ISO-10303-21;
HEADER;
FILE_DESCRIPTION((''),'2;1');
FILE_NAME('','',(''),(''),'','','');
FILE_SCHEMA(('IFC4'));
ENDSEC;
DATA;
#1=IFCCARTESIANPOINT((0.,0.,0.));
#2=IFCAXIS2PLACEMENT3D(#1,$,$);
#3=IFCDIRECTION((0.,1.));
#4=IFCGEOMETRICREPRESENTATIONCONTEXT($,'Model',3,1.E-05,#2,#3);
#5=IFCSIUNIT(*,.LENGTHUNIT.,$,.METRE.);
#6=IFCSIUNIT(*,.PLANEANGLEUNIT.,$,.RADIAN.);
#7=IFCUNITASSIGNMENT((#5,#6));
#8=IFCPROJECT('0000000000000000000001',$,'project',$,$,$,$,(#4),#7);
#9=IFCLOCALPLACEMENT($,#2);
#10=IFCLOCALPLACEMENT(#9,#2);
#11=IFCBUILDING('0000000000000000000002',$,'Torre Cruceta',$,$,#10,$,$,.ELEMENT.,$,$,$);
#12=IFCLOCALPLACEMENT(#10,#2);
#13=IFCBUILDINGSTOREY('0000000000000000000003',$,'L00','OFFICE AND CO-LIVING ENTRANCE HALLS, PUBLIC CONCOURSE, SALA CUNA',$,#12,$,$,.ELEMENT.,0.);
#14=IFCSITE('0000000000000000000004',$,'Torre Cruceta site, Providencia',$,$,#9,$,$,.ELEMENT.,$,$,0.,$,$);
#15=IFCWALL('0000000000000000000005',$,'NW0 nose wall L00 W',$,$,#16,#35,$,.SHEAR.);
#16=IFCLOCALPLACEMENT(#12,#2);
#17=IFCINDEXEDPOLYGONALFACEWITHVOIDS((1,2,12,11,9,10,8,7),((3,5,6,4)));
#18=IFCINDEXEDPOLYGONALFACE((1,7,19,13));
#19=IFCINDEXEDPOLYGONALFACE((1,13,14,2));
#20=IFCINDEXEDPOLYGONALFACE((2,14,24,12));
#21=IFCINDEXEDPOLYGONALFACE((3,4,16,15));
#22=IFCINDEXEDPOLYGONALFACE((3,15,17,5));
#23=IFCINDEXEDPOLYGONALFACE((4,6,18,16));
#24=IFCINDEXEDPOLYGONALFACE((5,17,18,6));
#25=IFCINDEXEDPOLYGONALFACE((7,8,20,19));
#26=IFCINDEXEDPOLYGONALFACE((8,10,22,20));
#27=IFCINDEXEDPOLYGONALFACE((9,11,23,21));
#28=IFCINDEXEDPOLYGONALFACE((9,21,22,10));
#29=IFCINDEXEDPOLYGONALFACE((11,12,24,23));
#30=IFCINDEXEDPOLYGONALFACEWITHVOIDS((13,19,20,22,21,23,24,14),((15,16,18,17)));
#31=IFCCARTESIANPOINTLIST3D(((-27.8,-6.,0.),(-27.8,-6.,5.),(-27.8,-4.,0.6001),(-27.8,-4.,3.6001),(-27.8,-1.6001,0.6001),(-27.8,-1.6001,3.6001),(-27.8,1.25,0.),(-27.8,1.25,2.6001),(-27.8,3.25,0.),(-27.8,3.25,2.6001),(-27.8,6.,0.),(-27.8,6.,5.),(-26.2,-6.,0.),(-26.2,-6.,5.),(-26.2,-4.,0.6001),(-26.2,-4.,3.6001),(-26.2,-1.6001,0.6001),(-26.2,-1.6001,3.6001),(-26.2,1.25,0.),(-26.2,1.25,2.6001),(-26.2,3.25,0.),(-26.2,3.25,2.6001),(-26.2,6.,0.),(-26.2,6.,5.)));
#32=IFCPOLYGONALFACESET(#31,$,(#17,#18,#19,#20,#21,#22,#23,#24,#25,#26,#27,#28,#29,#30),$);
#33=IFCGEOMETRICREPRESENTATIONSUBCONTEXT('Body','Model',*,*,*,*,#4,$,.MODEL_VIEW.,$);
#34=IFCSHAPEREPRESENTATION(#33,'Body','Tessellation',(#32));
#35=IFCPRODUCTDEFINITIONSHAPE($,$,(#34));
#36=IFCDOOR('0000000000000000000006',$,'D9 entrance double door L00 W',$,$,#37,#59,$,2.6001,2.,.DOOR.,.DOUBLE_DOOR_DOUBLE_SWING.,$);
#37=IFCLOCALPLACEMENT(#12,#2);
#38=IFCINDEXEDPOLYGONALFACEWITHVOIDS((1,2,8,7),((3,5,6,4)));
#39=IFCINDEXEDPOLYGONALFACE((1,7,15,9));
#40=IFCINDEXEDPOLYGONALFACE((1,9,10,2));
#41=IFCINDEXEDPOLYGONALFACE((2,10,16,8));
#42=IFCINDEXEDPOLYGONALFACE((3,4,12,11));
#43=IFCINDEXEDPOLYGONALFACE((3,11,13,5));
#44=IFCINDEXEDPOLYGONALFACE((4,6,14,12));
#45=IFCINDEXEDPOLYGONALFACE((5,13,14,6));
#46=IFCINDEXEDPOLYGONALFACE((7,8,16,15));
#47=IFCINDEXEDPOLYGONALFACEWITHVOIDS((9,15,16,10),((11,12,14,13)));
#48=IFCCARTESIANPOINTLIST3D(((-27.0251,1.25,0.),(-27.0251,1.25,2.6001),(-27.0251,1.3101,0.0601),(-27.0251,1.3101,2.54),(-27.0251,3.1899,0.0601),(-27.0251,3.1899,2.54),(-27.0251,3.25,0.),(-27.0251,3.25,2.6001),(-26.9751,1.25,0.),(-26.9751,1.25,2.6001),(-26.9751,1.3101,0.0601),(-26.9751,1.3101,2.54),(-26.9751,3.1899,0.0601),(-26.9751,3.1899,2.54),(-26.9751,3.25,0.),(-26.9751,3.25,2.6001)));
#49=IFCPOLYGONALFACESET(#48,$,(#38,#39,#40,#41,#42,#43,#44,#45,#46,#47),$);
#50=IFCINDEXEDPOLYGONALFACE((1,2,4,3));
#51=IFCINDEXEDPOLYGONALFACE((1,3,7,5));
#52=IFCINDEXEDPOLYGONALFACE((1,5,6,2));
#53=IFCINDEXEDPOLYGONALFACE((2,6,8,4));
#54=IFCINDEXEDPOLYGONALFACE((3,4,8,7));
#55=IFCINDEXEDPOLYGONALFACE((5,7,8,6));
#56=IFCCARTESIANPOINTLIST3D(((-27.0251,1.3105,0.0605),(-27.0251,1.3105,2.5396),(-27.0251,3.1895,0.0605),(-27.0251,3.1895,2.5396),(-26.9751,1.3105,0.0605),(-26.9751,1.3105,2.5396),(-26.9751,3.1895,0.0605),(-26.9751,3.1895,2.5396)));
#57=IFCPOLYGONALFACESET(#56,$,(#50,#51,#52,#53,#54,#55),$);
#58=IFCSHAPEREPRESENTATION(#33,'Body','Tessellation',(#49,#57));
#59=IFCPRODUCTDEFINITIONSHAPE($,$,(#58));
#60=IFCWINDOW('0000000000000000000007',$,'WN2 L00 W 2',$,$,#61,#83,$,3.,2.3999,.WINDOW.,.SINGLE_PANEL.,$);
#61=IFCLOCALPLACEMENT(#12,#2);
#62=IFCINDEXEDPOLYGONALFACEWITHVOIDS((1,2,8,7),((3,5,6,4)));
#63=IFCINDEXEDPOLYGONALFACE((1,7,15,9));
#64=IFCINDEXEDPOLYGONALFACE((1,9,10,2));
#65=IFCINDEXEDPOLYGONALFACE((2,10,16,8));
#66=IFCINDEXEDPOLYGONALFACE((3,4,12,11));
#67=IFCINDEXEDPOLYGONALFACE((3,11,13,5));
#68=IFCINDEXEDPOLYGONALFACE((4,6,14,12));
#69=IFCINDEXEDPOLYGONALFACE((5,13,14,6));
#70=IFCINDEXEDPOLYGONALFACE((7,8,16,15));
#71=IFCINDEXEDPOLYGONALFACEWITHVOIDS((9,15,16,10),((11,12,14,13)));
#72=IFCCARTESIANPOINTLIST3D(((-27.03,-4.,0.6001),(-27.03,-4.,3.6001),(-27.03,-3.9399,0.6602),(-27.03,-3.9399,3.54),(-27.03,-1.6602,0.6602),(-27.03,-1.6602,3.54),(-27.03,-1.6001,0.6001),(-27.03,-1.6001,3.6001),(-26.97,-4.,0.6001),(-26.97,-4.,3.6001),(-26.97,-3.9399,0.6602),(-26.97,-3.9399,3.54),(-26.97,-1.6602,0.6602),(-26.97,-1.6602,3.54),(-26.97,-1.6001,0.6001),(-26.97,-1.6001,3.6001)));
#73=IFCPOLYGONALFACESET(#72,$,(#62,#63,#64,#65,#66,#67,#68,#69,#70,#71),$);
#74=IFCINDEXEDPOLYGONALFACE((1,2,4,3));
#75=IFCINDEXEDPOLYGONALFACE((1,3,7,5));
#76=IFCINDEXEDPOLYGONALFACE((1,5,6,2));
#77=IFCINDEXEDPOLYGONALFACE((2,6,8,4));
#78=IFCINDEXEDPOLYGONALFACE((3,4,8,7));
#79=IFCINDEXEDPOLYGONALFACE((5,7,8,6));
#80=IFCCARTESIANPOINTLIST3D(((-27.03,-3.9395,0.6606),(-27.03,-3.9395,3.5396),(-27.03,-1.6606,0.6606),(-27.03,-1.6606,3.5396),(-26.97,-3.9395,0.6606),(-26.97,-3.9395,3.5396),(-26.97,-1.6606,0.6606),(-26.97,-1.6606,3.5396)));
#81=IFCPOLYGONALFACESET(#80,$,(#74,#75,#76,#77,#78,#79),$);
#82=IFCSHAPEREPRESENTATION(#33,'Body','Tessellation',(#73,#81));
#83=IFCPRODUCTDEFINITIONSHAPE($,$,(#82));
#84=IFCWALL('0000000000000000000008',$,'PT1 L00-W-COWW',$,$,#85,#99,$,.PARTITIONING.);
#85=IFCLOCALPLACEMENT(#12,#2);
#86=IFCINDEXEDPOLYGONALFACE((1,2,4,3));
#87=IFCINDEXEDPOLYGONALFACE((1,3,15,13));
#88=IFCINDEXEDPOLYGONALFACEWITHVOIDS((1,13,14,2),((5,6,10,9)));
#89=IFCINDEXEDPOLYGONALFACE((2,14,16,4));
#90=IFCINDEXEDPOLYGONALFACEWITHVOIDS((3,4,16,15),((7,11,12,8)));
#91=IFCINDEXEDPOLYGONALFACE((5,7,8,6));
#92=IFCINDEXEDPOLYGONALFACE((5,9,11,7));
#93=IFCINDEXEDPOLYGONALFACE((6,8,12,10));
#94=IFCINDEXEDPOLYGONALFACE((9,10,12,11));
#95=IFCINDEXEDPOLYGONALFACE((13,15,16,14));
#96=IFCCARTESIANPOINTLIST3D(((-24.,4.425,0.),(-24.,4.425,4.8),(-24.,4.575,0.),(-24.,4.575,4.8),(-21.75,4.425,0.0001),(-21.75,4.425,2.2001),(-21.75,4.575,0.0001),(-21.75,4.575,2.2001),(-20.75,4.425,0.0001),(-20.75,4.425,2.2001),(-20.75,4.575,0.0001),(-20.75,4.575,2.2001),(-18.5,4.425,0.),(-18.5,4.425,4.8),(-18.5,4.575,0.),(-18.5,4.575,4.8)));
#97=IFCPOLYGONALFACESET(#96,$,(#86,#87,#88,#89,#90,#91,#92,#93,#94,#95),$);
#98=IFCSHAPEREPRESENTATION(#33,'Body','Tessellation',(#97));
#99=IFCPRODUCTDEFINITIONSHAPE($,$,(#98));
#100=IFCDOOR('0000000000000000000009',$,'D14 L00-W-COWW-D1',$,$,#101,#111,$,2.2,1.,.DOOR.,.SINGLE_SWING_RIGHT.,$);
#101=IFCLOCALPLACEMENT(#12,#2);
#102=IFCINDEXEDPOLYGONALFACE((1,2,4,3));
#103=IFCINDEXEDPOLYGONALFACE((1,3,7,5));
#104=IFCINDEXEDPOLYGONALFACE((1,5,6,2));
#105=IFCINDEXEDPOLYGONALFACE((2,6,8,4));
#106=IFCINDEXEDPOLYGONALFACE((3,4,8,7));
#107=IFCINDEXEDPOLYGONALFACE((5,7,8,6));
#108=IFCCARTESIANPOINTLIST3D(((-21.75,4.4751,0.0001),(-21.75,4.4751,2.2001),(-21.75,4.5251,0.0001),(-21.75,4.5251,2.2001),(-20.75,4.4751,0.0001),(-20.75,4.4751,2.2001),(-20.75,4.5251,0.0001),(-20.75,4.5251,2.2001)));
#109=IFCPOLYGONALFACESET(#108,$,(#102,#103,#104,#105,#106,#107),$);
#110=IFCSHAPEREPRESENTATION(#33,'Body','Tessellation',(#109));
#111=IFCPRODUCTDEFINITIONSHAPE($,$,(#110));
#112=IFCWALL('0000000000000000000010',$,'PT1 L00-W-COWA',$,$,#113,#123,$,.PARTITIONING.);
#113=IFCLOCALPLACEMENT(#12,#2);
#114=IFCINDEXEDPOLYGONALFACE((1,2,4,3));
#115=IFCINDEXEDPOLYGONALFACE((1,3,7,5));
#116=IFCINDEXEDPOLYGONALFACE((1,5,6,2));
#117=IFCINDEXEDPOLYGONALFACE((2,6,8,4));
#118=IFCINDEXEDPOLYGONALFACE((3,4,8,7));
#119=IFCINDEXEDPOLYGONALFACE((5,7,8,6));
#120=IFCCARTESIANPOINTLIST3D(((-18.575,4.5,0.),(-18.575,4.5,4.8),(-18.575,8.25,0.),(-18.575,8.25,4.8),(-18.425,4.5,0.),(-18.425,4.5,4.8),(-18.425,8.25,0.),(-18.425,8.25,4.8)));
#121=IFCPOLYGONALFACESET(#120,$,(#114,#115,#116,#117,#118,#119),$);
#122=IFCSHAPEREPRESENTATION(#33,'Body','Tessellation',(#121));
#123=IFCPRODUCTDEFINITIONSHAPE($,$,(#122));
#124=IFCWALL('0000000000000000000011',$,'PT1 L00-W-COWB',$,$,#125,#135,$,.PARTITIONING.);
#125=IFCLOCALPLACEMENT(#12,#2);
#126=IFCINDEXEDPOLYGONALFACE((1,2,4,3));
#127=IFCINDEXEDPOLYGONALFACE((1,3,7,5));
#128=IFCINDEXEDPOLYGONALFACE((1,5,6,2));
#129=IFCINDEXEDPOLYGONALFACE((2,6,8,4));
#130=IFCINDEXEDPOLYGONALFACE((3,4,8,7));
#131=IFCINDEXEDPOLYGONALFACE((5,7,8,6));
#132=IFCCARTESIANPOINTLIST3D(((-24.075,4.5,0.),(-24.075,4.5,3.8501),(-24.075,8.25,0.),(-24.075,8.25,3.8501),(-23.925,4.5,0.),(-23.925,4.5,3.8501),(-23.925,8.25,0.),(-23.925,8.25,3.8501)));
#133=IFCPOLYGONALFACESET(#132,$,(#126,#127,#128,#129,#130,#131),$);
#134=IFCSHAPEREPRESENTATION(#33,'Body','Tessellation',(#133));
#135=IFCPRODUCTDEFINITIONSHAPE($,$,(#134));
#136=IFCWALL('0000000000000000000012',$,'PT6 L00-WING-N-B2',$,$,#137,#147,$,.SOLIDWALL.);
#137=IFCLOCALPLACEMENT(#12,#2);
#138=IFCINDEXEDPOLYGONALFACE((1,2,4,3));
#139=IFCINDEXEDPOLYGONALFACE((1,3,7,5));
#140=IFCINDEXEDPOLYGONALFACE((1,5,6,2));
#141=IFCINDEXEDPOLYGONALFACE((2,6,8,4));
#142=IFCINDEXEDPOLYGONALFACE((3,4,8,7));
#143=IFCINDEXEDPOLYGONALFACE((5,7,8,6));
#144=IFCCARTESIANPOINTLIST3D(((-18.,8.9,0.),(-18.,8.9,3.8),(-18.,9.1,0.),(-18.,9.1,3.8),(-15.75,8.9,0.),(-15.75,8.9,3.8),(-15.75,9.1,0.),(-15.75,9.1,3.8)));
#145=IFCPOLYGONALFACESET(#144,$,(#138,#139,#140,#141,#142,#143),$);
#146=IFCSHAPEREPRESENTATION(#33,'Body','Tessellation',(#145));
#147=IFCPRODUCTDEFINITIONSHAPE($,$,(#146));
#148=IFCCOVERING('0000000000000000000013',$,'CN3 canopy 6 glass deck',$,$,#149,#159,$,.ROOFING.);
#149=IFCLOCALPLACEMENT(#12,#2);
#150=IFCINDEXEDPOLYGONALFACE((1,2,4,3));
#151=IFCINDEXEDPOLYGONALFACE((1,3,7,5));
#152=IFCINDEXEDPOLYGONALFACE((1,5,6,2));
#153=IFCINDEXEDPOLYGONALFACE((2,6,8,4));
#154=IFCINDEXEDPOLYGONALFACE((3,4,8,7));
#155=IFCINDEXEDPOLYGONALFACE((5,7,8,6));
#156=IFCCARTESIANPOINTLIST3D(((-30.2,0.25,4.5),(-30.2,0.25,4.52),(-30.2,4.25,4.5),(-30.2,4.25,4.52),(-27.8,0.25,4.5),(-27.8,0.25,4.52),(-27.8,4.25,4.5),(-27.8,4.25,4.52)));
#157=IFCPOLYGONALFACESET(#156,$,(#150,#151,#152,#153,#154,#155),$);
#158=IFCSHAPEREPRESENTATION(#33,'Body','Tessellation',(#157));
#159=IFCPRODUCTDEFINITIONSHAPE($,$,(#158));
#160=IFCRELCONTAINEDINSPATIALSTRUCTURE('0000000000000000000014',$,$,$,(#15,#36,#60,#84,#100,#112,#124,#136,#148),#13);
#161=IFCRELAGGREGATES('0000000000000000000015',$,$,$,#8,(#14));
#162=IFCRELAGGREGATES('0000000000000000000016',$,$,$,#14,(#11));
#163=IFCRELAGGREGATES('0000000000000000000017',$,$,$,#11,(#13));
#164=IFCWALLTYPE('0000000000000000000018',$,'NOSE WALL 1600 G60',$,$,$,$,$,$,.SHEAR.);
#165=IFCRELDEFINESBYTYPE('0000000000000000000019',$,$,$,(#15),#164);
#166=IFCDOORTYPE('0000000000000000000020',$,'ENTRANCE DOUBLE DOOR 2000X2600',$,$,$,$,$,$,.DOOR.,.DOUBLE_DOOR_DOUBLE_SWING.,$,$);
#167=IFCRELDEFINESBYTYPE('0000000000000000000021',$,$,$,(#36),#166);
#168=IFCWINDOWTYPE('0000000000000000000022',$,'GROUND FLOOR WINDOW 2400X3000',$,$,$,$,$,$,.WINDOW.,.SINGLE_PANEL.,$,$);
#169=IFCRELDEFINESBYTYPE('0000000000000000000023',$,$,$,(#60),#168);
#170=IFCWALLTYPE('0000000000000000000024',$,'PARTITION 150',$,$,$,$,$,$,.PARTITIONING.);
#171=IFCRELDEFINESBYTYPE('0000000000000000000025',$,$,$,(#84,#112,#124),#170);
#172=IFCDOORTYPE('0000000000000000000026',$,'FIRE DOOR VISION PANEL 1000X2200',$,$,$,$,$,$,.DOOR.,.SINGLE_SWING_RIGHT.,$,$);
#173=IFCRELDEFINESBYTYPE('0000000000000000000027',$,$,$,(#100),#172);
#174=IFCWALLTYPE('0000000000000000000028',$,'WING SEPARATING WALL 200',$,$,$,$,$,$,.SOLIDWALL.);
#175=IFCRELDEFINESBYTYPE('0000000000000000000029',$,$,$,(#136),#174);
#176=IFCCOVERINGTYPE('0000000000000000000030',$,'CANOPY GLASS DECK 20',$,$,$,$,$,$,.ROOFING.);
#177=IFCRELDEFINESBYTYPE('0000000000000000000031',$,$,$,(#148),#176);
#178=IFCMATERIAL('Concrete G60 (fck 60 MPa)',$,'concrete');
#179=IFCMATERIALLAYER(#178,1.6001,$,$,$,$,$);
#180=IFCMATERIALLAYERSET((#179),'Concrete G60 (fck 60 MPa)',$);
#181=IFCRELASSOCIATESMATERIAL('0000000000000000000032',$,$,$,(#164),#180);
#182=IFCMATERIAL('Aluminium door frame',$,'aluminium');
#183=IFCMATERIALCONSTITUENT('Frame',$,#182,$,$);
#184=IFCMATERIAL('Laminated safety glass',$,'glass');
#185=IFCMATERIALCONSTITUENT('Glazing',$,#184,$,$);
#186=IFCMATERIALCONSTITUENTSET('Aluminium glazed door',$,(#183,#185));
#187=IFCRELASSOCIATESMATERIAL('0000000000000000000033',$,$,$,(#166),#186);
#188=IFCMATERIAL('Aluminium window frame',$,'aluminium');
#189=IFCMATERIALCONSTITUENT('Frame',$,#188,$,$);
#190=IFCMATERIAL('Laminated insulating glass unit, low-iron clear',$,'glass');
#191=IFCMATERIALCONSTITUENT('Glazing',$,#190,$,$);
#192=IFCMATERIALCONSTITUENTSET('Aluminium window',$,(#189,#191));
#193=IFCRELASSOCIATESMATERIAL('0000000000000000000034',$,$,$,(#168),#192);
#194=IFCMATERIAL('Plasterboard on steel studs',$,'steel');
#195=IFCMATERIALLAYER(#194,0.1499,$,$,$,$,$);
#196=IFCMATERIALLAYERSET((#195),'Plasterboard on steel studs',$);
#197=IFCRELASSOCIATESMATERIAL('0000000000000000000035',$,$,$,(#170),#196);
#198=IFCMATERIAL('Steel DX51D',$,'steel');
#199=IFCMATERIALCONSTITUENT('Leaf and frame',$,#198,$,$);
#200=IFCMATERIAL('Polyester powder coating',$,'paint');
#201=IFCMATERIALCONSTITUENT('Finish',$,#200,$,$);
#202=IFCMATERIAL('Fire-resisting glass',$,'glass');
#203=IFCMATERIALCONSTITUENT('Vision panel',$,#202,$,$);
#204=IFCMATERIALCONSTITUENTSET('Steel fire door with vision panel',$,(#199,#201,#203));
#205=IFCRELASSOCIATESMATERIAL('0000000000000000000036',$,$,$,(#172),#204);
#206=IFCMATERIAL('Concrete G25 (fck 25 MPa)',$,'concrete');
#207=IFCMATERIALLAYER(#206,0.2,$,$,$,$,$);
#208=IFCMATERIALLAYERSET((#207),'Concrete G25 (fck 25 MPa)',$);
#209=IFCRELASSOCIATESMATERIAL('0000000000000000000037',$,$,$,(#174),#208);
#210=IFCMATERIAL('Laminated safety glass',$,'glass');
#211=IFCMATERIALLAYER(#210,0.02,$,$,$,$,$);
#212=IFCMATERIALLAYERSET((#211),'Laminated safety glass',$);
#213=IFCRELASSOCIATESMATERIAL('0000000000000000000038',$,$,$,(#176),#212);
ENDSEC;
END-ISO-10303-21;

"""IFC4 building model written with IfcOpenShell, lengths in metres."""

from ifc_helpers import new_model, si_unit, direction, frame, frame_2d, origin, origin_2d, place, context, subcontext, project, spatial, rectangle, hollow_rectangle, extrude, material, layer, layer_set, constituent, constituent_set, type_object, element, fill, save


model = new_model("IFC4")

# Units and contexts
model_context = context("Model", 3, precision=1e-05, world=origin(), true_north=direction((0.0, 1.0)))
body_context = subcontext(model_context, "Body", "Model", "MODEL_VIEW")
ifc_project = project(units=[si_unit("LENGTHUNIT", "METRE"), si_unit("PLANEANGLEUNIT", "RADIAN")], contexts=[model_context])

# Site, building, storey
site_placement = place(None, origin())
site = spatial("IfcSite", under=ifc_project, at=site_placement, Name="Torre Cruceta site, Providencia", CompositionType="ELEMENT", RefElevation=0.0)
building_placement = place(site_placement, origin())
building = spatial("IfcBuilding", under=site, at=building_placement, Name="Torre Cruceta", CompositionType="ELEMENT")
storey_placement = place(building_placement, origin())
storey = spatial("IfcBuildingStorey", under=building, at=storey_placement, Name="L00", Description="OFFICE AND CO-LIVING ENTRANCE HALLS, PUBLIC CONCOURSE, SALA CUNA", CompositionType="ELEMENT", Elevation=0.0)

# Wall, openings, door, window
ifc_material_1 = material(Name="Concrete G60 (fck 60 MPa)", Category="concrete")
ifc_layer_1 = layer(ifc_material_1, 1.6001)
ifc_layer_set_1 = layer_set([ifc_layer_1], Name="Concrete G60 (fck 60 MPa)")
wall_type_1 = type_object("IfcWallType", Name="NOSE WALL 1600 G60", PredefinedType="SHEAR", material=ifc_layer_set_1)
wall_1_placement = place(storey_placement, frame((-27.0, 6.0, 0.0), z_axis=(0.0, 0.0, 1.0), x_axis=(0.0, -1.0, 0.0)))
wall_1 = element("IfcWall", 1, at=wall_1_placement, inside=storey, type_object=wall_type_1, Name="NW0 nose wall L00 W", PredefinedType="SHEAR", context=body_context, shape_type="SweptSolid", body=[
    extrude(rectangle(XDim=12.0, YDim=1.6001, at=frame_2d((6.0, 0.0))), origin(), (0.0, 0.0, 1.0), 5.0),
])
opening_1_placement = place(wall_1_placement, frame((2.75, 0.0, 0.0)))
opening_1 = element("IfcOpeningElement", 2, at=opening_1_placement, cuts=wall_1, PredefinedType="OPENING", context=body_context, shape_type="SweptSolid", body=[
    extrude(rectangle(XDim=2.0, YDim=2.6001, at=frame_2d((1.0, 1.3))), frame((0.0, 0.8101, 0.0), z_axis=(0.0, -1.0, 0.0), x_axis=(1.0, 0.0, 0.0)), (0.0, 0.0, 1.0), 1.6201),
])
opening_2_placement = place(wall_1_placement, frame((7.6001, 0.0, 0.6001)))
opening_2 = element("IfcOpeningElement", 3, at=opening_2_placement, cuts=wall_1, PredefinedType="OPENING", context=body_context, shape_type="SweptSolid", body=[
    extrude(rectangle(XDim=2.3999, YDim=3.0, at=frame_2d((1.2, 1.5))), frame((0.0, 0.8101, 0.0), z_axis=(0.0, -1.0, 0.0), x_axis=(1.0, 0.0, 0.0)), (0.0, 0.0, 1.0), 1.6201),
])
ifc_material_2 = material(Name="Aluminium door frame", Category="aluminium")
ifc_constituent_1 = constituent(ifc_material_2, Name="Frame")
ifc_material_3 = material(Name="Laminated safety glass", Category="glass")
ifc_constituent_2 = constituent(ifc_material_3, Name="Glazing")
ifc_constituent_set_1 = constituent_set(constituents=[ifc_constituent_1, ifc_constituent_2], Name="Aluminium glazed door")
door_type_1 = type_object("IfcDoorType", Name="ENTRANCE DOUBLE DOOR 2000X2600", OperationType="DOUBLE_DOOR_DOUBLE_SWING", PredefinedType="DOOR", material=ifc_constituent_set_1)
door_1_placement = place(opening_1_placement, origin())
door_1 = element("IfcDoor", 4, at=door_1_placement, inside=storey, type_object=door_type_1, Name="D9 entrance double door L00 W", OperationType="DOUBLE_DOOR_DOUBLE_SWING", OverallHeight=2.6001, OverallWidth=2.0, PredefinedType="DOOR", context=body_context, shape_type="SweptSolid", body=[
    extrude(hollow_rectangle(XDim=2.0, YDim=2.6001, WallThickness=0.0601, at=frame_2d((1.0, 1.3))), frame((0.0, 0.0249, 0.0), z_axis=(0.0, -1.0, 0.0), x_axis=(1.0, 0.0, 0.0)), (0.0, 0.0, 1.0), 0.05),
    extrude(rectangle(XDim=1.8789, YDim=2.479, at=frame_2d((1.0, 1.3))), frame((0.0, 0.0249, 0.0), z_axis=(0.0, -1.0, 0.0), x_axis=(1.0, 0.0, 0.0)), (0.0, 0.0, 1.0), 0.05),
])
fill(opening_1, door_1)
ifc_material_4 = material(Name="Aluminium window frame", Category="aluminium")
ifc_constituent_3 = constituent(ifc_material_4, Name="Frame")
ifc_material_5 = material(Name="Laminated insulating glass unit, low-iron clear", Category="glass")
ifc_constituent_4 = constituent(ifc_material_5, Name="Glazing")
ifc_constituent_set_2 = constituent_set(constituents=[ifc_constituent_3, ifc_constituent_4], Name="Aluminium window")
window_type = type_object("IfcWindowType", Name="GROUND FLOOR WINDOW 2400X3000", PartitioningType="SINGLE_PANEL", PredefinedType="WINDOW", material=ifc_constituent_set_2)
window_placement = place(opening_2_placement, origin())
window = element("IfcWindow", 5, at=window_placement, inside=storey, type_object=window_type, Name="WN2 L00 W 2", OverallHeight=3.0, OverallWidth=2.3999, PartitioningType="SINGLE_PANEL", PredefinedType="WINDOW", context=body_context, shape_type="SweptSolid", body=[
    extrude(hollow_rectangle(XDim=2.3999, YDim=3.0, WallThickness=0.0601, at=frame_2d((1.2, 1.5))), frame((0.0, 0.03, 0.0), z_axis=(0.0, -1.0, 0.0), x_axis=(1.0, 0.0, 0.0)), (0.0, 0.0, 1.0), 0.0601),
    extrude(rectangle(XDim=2.2788, YDim=2.8789, at=frame_2d((1.2, 1.5))), frame((0.0, 0.03, 0.0), z_axis=(0.0, -1.0, 0.0), x_axis=(1.0, 0.0, 0.0)), (0.0, 0.0, 1.0), 0.0601),
])
fill(opening_2, window)

# Wall, opening, door
ifc_material_6 = material(Name="Plasterboard on steel studs", Category="steel")
ifc_layer_2 = layer(ifc_material_6, 0.1499)
ifc_layer_set_2 = layer_set([ifc_layer_2], Name="Plasterboard on steel studs")
wall_type_2 = type_object("IfcWallType", Name="PARTITION 150", PredefinedType="PARTITIONING", material=ifc_layer_set_2)
wall_2_placement = place(storey_placement, frame((-18.5, 4.5, 0.0), z_axis=(0.0, 0.0, 1.0), x_axis=(-1.0, 0.0, 0.0)))
wall_2 = element("IfcWall", 6, at=wall_2_placement, inside=storey, type_object=wall_type_2, Name="PT1 L00-W-COWW", PredefinedType="PARTITIONING", context=body_context, shape_type="SweptSolid", body=[
    extrude(rectangle(XDim=5.5, YDim=0.1499, at=frame_2d((2.75, 0.0))), origin(), (0.0, 0.0, 1.0), 4.8),
])
opening_3_placement = place(wall_2_placement, frame((2.25, 0.0, 0.0)))
opening_3 = element("IfcOpeningElement", 7, at=opening_3_placement, cuts=wall_2, PredefinedType="OPENING", context=body_context, shape_type="SweptSolid", body=[
    extrude(rectangle(XDim=1.0, YDim=2.2, at=frame_2d((0.5, 1.1001))), frame((0.0, 0.085, 0.0), z_axis=(0.0, -1.0, 0.0), x_axis=(1.0, 0.0, 0.0)), (0.0, 0.0, 1.0), 0.1699),
])
ifc_material_7 = material(Name="Steel DX51D", Category="steel")
ifc_constituent_5 = constituent(ifc_material_7, Name="Leaf and frame")
ifc_material_8 = material(Name="Polyester powder coating", Category="paint")
ifc_constituent_6 = constituent(ifc_material_8, Name="Finish")
ifc_material_9 = material(Name="Fire-resisting glass", Category="glass")
ifc_constituent_7 = constituent(ifc_material_9, Name="Vision panel")
ifc_constituent_set_3 = constituent_set(constituents=[ifc_constituent_5, ifc_constituent_6, ifc_constituent_7], Name="Steel fire door with vision panel")
door_type_2 = type_object("IfcDoorType", Name="FIRE DOOR VISION PANEL 1000X2200", OperationType="SINGLE_SWING_RIGHT", PredefinedType="DOOR", material=ifc_constituent_set_3)
door_2_placement = place(opening_3_placement, frame((1.0, 0.0, 0.0), z_axis=(0.0, 0.0, 1.0), x_axis=(-1.0, 0.0, 0.0)))
door_2 = element("IfcDoor", 8, at=door_2_placement, inside=storey, type_object=door_type_2, Name="D14 L00-W-COWW-D1", OperationType="SINGLE_SWING_RIGHT", OverallHeight=2.2, OverallWidth=1.0, PredefinedType="DOOR", context=body_context, shape_type="SweptSolid", body=[
    extrude(rectangle(XDim=1.0, YDim=2.2, at=frame_2d((0.5, 1.1001))), frame((0.0, 0.0251, 0.0), z_axis=(0.0, -1.0, 0.0), x_axis=(1.0, 0.0, 0.0)), (0.0, 0.0, 1.0), 0.05),
])
fill(opening_3, door_2)

# Walls
wall_3_placement = place(storey_placement, frame((-18.5, 8.25, 0.0), z_axis=(0.0, 0.0, 1.0), x_axis=(0.0, -1.0, 0.0)))
element("IfcWall", 9, at=wall_3_placement, inside=storey, type_object=wall_type_2, Name="PT1 L00-W-COWA", PredefinedType="PARTITIONING", context=body_context, shape_type="SweptSolid", body=[
    extrude(rectangle(XDim=3.75, YDim=0.1499, at=frame_2d((1.875, 0.0))), origin(), (0.0, 0.0, 1.0), 4.8),
])
wall_4_placement = place(storey_placement, frame((-24.0, 8.25, 0.0), z_axis=(0.0, 0.0, 1.0), x_axis=(0.0, -1.0, 0.0)))
element("IfcWall", 10, at=wall_4_placement, inside=storey, type_object=wall_type_2, Name="PT1 L00-W-COWB", PredefinedType="PARTITIONING", context=body_context, shape_type="SweptSolid", body=[
    extrude(rectangle(XDim=3.75, YDim=0.1499, at=frame_2d((1.875, 0.0))), origin(), (0.0, 0.0, 1.0), 3.8501),
])
ifc_material_10 = material(Name="Concrete G25 (fck 25 MPa)", Category="concrete")
ifc_layer_3 = layer(ifc_material_10, 0.2)
ifc_layer_set_3 = layer_set([ifc_layer_3], Name="Concrete G25 (fck 25 MPa)")
wall_type_3 = type_object("IfcWallType", Name="WING SEPARATING WALL 200", PredefinedType="SOLIDWALL", material=ifc_layer_set_3)
wall_5_placement = place(storey_placement, frame((-18.0, 9.0, 0.0), z_axis=(0.0, 0.0, 1.0), x_axis=(1.0, 0.0, 0.0)))
element("IfcWall", 11, at=wall_5_placement, inside=storey, type_object=wall_type_3, Name="PT6 L00-WING-N-B2", PredefinedType="SOLIDWALL", context=body_context, shape_type="SweptSolid", body=[
    extrude(rectangle(XDim=2.25, YDim=0.2, at=frame_2d((1.125, 0.0))), origin(), (0.0, 0.0, 1.0), 3.8),
])

# Covering
ifc_material_11 = material(Name="Laminated safety glass", Category="glass")
ifc_layer_4 = layer(ifc_material_11, 0.02)
ifc_layer_set_4 = layer_set([ifc_layer_4], Name="Laminated safety glass")
covering_type = type_object("IfcCoveringType", Name="CANOPY GLASS DECK 20", PredefinedType="ROOFING", material=ifc_layer_set_4)
covering_placement = place(storey_placement, frame((-29.0, 2.25, 4.5), z_axis=(0.0, 0.0, 1.0), x_axis=(0.0, -1.0, 0.0)))
element("IfcCovering", 12, at=covering_placement, inside=storey, type_object=covering_type, Name="CN3 canopy 6 glass deck", PredefinedType="ROOFING", context=body_context, shape_type="SweptSolid", body=[
    extrude(rectangle(XDim=4.0, YDim=2.3999, at=origin_2d()), origin(), (0.0, 0.0, 1.0), 0.02),
])

save(model, "model.ifc")
